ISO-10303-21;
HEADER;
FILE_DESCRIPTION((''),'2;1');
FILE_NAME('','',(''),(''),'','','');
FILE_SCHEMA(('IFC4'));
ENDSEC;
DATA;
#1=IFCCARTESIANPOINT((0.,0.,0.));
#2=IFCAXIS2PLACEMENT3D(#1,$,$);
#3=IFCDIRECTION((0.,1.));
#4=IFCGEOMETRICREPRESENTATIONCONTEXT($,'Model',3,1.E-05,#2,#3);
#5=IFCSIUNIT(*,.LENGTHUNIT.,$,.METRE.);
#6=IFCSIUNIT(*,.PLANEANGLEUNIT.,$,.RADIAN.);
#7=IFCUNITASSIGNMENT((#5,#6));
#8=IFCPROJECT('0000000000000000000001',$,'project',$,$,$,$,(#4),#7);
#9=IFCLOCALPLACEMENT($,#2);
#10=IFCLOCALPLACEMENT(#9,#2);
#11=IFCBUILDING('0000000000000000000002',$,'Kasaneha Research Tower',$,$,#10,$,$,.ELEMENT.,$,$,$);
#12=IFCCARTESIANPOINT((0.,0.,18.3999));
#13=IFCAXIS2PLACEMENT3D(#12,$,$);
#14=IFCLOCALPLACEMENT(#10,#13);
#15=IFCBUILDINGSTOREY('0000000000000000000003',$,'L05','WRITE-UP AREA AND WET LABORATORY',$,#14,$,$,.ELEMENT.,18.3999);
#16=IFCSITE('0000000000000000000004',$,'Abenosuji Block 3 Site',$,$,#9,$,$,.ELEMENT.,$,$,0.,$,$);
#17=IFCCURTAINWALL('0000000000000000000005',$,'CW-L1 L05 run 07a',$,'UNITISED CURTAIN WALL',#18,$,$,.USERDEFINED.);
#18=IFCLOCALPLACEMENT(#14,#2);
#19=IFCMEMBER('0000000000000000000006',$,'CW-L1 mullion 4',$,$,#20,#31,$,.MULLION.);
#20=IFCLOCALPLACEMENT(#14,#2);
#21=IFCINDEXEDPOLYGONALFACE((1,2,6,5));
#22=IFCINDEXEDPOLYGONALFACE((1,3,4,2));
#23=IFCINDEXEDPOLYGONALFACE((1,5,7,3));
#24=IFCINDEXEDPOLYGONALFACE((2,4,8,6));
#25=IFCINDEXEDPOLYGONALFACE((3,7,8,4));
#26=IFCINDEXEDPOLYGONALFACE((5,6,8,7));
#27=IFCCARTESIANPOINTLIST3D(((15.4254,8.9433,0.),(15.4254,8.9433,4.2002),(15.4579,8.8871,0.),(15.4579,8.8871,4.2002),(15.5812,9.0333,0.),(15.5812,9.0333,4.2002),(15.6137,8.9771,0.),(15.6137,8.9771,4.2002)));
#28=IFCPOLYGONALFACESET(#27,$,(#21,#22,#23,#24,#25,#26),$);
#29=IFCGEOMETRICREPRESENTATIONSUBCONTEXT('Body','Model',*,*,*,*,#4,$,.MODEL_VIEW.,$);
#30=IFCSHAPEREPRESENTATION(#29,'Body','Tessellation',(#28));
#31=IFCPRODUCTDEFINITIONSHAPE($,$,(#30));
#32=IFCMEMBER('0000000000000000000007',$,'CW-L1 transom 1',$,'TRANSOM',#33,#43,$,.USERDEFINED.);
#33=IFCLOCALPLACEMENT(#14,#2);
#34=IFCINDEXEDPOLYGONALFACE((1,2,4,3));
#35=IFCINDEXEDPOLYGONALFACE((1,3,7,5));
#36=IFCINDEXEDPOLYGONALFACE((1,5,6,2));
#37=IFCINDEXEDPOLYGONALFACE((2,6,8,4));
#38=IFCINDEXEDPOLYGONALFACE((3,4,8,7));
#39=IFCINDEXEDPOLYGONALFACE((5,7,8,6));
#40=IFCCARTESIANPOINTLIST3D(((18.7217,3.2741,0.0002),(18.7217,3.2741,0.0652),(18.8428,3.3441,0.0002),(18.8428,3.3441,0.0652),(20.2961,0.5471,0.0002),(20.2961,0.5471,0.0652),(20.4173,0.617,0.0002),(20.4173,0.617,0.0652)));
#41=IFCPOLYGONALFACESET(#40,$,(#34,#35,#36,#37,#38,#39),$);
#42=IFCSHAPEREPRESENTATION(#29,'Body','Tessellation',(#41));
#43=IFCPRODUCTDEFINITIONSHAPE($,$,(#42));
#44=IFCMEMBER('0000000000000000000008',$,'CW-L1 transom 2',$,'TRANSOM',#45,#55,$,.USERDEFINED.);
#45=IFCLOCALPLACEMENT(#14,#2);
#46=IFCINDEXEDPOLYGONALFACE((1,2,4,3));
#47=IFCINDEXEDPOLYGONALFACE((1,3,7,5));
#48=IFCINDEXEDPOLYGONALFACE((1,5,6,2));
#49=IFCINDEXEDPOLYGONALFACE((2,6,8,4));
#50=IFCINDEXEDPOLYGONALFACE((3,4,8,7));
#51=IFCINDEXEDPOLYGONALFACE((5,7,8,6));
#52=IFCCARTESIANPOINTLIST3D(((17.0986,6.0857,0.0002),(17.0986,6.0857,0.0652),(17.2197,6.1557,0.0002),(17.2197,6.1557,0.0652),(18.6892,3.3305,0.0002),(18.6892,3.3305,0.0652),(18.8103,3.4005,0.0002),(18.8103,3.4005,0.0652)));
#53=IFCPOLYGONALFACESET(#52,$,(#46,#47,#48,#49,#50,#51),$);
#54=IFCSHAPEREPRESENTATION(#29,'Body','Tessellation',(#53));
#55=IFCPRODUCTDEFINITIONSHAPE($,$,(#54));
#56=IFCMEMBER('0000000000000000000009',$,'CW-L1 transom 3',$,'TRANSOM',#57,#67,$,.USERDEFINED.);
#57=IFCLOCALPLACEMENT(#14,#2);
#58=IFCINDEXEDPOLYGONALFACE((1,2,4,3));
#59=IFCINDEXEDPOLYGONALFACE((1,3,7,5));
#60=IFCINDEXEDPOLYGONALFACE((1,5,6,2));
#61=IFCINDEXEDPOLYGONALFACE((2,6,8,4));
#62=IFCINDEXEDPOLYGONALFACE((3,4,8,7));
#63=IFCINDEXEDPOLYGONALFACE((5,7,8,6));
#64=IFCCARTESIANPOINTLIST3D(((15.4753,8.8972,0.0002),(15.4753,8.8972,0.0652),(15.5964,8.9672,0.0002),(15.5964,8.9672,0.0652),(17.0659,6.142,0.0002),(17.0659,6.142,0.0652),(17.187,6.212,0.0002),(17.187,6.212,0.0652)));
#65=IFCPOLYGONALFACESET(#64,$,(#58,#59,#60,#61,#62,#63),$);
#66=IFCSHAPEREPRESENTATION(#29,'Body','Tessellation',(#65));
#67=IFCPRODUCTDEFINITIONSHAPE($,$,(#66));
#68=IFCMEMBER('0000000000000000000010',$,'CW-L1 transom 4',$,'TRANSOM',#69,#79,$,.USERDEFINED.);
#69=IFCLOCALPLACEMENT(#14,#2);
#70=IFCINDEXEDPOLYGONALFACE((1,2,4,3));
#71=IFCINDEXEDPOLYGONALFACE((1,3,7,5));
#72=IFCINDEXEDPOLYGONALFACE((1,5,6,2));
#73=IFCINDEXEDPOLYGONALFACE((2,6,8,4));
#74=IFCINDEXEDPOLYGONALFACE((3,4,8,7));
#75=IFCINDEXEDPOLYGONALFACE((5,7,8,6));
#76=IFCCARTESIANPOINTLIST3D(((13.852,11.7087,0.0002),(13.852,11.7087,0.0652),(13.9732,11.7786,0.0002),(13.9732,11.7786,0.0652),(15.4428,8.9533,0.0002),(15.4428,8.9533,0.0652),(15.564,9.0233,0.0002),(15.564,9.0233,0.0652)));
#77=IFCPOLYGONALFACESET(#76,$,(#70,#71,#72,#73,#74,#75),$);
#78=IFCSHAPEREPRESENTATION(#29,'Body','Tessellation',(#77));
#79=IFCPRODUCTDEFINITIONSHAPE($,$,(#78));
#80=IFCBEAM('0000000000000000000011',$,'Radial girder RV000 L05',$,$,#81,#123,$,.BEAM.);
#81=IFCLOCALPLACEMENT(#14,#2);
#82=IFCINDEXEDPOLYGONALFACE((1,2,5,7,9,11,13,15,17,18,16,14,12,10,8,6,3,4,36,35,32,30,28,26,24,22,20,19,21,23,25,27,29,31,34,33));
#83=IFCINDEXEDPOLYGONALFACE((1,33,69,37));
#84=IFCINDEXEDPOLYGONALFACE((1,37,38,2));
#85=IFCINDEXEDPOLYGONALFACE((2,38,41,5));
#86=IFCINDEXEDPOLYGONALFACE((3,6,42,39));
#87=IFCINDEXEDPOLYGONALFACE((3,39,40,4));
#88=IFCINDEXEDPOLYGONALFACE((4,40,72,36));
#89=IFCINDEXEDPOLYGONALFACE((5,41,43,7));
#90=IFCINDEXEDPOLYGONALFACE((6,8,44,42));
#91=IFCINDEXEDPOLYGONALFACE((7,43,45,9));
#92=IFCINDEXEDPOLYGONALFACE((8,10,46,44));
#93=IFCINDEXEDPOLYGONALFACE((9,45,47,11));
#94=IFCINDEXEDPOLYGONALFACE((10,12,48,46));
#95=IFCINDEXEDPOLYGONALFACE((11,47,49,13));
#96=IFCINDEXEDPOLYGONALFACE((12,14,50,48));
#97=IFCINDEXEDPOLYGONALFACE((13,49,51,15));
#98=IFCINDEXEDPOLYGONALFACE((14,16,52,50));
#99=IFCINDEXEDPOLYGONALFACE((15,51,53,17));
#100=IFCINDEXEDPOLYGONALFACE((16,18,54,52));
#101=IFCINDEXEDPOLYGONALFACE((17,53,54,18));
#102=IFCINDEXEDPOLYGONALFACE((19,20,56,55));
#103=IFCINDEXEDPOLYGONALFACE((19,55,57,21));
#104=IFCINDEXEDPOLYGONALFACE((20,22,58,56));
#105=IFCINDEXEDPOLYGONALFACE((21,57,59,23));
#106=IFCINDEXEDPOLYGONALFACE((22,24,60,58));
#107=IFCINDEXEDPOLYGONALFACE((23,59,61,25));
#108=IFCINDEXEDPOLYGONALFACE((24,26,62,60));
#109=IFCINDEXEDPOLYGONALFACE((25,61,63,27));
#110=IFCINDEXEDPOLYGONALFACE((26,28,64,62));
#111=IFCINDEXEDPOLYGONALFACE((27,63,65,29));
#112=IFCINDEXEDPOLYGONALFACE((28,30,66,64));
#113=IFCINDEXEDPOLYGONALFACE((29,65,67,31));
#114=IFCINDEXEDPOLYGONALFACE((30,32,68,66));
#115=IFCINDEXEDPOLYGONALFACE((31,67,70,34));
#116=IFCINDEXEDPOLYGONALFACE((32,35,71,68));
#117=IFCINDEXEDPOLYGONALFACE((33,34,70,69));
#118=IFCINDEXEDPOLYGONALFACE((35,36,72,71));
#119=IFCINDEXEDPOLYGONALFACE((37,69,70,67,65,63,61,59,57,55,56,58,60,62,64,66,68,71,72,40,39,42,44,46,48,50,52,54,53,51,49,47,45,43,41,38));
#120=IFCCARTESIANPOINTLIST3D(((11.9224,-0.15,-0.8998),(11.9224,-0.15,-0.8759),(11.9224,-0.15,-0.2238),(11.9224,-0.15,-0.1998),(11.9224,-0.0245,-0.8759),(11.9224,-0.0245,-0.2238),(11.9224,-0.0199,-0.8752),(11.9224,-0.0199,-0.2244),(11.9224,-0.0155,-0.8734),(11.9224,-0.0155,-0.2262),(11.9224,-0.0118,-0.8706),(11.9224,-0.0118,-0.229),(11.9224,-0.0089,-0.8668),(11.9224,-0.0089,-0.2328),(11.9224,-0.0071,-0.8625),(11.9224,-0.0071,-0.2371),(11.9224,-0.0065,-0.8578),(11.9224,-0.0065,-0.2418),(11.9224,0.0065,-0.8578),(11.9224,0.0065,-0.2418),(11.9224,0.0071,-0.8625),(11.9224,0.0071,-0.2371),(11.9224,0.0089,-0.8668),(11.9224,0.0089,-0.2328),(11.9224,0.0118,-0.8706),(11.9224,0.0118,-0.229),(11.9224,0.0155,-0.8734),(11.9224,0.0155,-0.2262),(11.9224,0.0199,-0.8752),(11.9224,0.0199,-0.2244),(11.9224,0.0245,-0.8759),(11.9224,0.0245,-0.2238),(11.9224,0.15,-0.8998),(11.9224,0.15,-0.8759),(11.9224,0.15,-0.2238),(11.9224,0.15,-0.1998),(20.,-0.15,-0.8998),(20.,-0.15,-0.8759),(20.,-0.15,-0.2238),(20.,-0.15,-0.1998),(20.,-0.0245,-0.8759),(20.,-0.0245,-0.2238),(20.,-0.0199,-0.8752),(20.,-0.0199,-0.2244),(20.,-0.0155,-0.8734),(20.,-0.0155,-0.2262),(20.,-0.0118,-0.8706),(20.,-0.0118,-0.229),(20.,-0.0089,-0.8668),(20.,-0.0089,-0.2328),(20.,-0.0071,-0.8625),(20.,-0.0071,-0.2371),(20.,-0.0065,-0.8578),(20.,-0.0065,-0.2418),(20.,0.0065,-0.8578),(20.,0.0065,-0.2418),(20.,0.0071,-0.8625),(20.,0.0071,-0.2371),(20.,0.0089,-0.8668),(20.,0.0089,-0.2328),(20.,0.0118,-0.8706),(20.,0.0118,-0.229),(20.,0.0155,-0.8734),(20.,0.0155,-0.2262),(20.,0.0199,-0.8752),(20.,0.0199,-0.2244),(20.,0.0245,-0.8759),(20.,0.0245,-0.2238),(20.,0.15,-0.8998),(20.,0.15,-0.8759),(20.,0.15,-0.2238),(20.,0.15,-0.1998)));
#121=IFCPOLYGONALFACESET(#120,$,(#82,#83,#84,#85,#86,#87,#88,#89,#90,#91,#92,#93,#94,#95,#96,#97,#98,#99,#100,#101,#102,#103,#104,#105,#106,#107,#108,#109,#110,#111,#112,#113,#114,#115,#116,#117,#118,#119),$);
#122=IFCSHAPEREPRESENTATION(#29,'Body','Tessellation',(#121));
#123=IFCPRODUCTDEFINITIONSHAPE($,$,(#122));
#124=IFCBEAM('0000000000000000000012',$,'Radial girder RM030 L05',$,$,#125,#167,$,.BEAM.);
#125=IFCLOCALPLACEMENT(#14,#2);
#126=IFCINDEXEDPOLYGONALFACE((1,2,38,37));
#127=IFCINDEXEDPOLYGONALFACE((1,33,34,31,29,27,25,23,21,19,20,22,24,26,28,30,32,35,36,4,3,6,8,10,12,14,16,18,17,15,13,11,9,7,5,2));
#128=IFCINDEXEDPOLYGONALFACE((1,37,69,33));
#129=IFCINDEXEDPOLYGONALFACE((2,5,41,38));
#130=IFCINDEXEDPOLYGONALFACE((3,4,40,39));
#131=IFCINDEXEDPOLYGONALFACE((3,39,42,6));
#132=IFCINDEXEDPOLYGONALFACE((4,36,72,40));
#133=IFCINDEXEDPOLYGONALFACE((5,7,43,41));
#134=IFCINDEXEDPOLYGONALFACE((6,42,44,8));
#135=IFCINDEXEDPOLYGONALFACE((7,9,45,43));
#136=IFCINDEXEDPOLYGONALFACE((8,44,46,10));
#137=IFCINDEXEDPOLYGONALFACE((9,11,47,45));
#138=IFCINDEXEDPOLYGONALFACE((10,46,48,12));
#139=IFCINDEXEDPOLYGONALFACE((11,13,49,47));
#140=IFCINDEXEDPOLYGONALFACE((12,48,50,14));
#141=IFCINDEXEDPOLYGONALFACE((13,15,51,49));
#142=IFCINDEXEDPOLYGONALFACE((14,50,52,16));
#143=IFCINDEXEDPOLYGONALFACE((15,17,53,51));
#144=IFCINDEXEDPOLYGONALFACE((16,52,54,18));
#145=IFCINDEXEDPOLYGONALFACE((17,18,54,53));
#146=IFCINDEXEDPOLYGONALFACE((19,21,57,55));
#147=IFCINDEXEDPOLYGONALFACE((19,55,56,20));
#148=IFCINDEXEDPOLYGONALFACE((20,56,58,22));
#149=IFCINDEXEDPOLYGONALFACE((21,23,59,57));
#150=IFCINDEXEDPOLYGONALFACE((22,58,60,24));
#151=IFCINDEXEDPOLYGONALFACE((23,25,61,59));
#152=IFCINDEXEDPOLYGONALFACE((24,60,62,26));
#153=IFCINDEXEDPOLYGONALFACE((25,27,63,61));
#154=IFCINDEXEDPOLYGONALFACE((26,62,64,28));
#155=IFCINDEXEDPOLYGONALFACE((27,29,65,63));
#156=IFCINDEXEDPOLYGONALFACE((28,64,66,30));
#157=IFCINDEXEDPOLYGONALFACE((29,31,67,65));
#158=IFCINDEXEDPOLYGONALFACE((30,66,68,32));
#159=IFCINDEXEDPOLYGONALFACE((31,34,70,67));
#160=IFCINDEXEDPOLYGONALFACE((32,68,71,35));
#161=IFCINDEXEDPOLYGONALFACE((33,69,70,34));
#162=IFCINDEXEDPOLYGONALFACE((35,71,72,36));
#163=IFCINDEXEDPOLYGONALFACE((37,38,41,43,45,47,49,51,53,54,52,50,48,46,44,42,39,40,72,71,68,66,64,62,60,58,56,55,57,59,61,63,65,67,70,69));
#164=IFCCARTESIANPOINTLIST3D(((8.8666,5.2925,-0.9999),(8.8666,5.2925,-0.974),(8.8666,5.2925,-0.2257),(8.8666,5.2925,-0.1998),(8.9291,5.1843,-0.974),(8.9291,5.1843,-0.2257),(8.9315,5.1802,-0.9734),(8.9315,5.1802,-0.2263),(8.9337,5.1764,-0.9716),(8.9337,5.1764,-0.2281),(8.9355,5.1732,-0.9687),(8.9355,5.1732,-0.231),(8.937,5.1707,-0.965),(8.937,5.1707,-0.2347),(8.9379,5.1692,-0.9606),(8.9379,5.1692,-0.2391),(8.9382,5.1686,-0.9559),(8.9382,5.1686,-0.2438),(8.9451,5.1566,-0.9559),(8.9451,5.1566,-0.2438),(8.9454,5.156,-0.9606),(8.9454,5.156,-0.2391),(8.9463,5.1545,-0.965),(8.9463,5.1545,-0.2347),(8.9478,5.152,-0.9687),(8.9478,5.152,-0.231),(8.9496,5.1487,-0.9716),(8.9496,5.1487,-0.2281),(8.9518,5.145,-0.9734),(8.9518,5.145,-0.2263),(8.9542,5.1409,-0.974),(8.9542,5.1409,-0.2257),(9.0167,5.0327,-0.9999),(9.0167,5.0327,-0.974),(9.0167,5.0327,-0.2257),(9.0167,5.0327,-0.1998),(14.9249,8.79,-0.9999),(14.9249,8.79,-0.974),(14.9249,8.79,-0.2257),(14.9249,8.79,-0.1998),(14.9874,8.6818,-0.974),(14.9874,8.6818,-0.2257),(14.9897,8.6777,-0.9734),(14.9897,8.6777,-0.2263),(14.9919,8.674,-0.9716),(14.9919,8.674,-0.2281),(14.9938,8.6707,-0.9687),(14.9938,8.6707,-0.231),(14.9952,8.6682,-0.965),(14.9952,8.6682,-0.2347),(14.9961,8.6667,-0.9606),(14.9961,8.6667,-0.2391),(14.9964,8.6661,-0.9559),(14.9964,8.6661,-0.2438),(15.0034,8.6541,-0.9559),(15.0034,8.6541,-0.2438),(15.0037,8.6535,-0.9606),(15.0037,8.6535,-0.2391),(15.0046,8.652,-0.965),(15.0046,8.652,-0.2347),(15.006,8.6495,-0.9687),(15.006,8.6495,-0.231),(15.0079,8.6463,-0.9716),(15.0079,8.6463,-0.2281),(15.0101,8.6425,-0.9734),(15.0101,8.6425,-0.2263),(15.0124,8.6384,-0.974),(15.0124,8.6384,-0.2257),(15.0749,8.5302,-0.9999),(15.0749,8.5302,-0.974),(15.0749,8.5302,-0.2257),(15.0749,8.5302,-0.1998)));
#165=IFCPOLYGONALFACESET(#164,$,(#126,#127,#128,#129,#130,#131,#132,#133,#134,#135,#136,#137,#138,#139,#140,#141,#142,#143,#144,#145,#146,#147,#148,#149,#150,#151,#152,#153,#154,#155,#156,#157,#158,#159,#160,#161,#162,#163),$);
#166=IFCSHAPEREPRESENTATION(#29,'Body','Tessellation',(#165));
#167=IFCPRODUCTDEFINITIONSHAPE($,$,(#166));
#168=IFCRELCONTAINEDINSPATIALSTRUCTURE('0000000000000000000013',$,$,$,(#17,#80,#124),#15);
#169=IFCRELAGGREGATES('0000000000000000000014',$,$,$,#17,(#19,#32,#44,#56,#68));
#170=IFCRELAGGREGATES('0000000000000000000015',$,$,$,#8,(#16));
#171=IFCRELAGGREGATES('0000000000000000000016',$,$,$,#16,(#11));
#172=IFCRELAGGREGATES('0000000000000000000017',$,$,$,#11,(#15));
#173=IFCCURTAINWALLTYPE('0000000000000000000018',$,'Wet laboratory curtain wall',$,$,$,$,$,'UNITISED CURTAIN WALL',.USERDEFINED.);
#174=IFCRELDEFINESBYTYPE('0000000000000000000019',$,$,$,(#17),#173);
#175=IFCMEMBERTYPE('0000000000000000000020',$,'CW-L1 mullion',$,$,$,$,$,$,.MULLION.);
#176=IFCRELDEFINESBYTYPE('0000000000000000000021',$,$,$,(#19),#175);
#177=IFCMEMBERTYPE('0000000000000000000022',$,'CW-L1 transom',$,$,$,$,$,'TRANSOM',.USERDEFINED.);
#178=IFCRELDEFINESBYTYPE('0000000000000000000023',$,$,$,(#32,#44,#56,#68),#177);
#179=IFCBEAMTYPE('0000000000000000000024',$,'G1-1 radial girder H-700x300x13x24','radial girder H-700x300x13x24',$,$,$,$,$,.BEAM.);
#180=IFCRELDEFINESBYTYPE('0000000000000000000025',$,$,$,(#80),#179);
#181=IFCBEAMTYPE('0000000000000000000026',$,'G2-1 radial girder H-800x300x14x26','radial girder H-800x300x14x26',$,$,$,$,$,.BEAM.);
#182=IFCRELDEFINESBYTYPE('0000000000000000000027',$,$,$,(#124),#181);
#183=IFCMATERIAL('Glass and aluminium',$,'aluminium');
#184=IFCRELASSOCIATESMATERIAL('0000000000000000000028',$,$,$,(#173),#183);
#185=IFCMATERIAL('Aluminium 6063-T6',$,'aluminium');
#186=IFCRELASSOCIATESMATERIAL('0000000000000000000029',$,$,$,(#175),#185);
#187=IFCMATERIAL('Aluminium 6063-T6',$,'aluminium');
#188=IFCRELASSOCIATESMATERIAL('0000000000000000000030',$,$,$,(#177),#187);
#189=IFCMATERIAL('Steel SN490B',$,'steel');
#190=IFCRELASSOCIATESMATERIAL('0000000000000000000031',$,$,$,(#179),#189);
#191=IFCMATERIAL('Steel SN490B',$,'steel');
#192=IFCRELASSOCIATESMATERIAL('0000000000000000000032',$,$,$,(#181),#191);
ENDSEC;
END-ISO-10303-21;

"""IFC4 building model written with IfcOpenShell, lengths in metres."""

from ifc_helpers import new_model, si_unit, direction, frame, origin, origin_2d, place, context, subcontext, project, spatial, rectangle, i_section, extrude, material, material_profile, profile_set, type_object, element, aggregate, save


model = new_model("IFC4")

# Units and contexts
model_context = context("Model", 3, precision=1e-05, world=origin(), true_north=direction((0.0, 1.0)))
body_context = subcontext(model_context, "Body", "Model", "MODEL_VIEW")
ifc_project = project(units=[si_unit("LENGTHUNIT", "METRE"), si_unit("PLANEANGLEUNIT", "RADIAN")], contexts=[model_context])

# Site, building, storey
site_placement = place(None, origin())
site = spatial("IfcSite", under=ifc_project, at=site_placement, Name="Abenosuji Block 3 Site", CompositionType="ELEMENT", RefElevation=0.0)
building_placement = place(site_placement, origin())
building = spatial("IfcBuilding", under=site, at=building_placement, Name="Kasaneha Research Tower", CompositionType="ELEMENT")
storey_placement = place(building_placement, frame((0.0, 0.0, 18.3999)))
storey = spatial("IfcBuildingStorey", under=building, at=storey_placement, Name="L05", Description="WRITE-UP AREA AND WET LABORATORY", CompositionType="ELEMENT", Elevation=18.3999)

# Shared definitions
ifc_material_1 = material(Name="Glass and aluminium", Category="aluminium")
curtain_wall_type = type_object("IfcCurtainWallType", Name="Wet laboratory curtain wall", ElementType="UNITISED CURTAIN WALL", PredefinedType="USERDEFINED", material=ifc_material_1)
ifc_material_2 = material(Name="Aluminium 6063-T6", Category="aluminium")
ifc_material_profile_1 = material_profile(ifc_material_2, rectangle(XDim=0.0649, YDim=0.1799, at=origin_2d()), Name="CW-L1 mullion 65x180")
ifc_profile_set_1 = profile_set([ifc_material_profile_1], Name="Aluminium 6063-T6")
member_type_1 = type_object("IfcMemberType", Name="CW-L1 mullion", PredefinedType="MULLION", material=ifc_profile_set_1)

# Curtain wall, members
curtain_wall_1_placement = place(storey_placement, origin())
curtain_wall_1 = element("IfcCurtainWall", 1, at=curtain_wall_1_placement, inside=storey, type_object=curtain_wall_type, Name="CW-L1 L05 run 07a", ObjectType="UNITISED CURTAIN WALL", PredefinedType="USERDEFINED")
member_1_placement = place(storey_placement, frame((15.5195, 8.9602, 0.0), z_axis=(0.0, 0.0, 1.0), x_axis=(-0.5, 0.866025, 0.0)))
member_1 = element("IfcMember", 2, at=member_1_placement, type_object=member_type_1, Name="CW-L1 mullion 4", PredefinedType="MULLION", context=body_context, shape_type="SweptSolid", body=[
    extrude(rectangle(XDim=0.0649, YDim=0.1799, at=origin_2d()), origin(), (0.0, 0.0, 1.0), 4.2002),
])
ifc_material_3 = material(Name="Aluminium 6063-T6", Category="aluminium")
ifc_material_profile_2 = material_profile(ifc_material_3, rectangle(XDim=0.1399, YDim=0.0649, at=origin_2d()), Name="CW-L1 transom 140x65")
ifc_profile_set_2 = profile_set([ifc_material_profile_2], Name="Aluminium 6063-T6")
member_type_2 = type_object("IfcMemberType", Name="CW-L1 transom", ElementType="TRANSOM", PredefinedType="USERDEFINED", material=ifc_profile_set_2)
member_2_placement = place(storey_placement, frame((20.3567, 0.582, 0.0327), z_axis=(-0.5, 0.866025, 0.0), x_axis=(-0.866025, -0.5, 0.0)))
member_2 = element("IfcMember", 3, at=member_2_placement, type_object=member_type_2, Name="CW-L1 transom 1", ObjectType="TRANSOM", PredefinedType="USERDEFINED", context=body_context, shape_type="SweptSolid", body=[
    extrude(rectangle(XDim=0.1399, YDim=0.0649, at=origin_2d()), origin(), (0.0, 0.0, 1.0), 3.1489),
])
member_3_placement = place(storey_placement, frame((18.7498, 3.3655, 0.0327), z_axis=(-0.499977, 0.866039, 0.0), x_axis=(-0.866039, -0.499977, 0.0)))
member_3 = element("IfcMember", 4, at=member_3_placement, type_object=member_type_2, Name="CW-L1 transom 2", ObjectType="TRANSOM", PredefinedType="USERDEFINED", context=body_context, shape_type="SweptSolid", body=[
    extrude(rectangle(XDim=0.1399, YDim=0.0649, at=origin_2d()), origin(), (0.0, 0.0, 1.0), 3.1814),
])
member_4_placement = place(storey_placement, frame((17.1265, 6.177, 0.0327), z_axis=(-0.499977, 0.866039, 0.0), x_axis=(-0.866039, -0.499977, 0.0)))
member_4 = element("IfcMember", 5, at=member_4_placement, type_object=member_type_2, Name="CW-L1 transom 3", ObjectType="TRANSOM", PredefinedType="USERDEFINED", context=body_context, shape_type="SweptSolid", body=[
    extrude(rectangle(XDim=0.1399, YDim=0.0649, at=origin_2d()), origin(), (0.0, 0.0, 1.0), 3.1814),
])
member_5_placement = place(storey_placement, frame((15.5034, 8.9883, 0.0327), z_axis=(-0.500001, 0.866025, 0.0), x_axis=(-0.866025, -0.500001, 0.0)))
member_5 = element("IfcMember", 6, at=member_5_placement, type_object=member_type_2, Name="CW-L1 transom 4", ObjectType="TRANSOM", PredefinedType="USERDEFINED", context=body_context, shape_type="SweptSolid", body=[
    extrude(rectangle(XDim=0.1399, YDim=0.0649, at=origin_2d()), origin(), (0.0, 0.0, 1.0), 3.1816),
])

# Beams
ifc_material_4 = material(Name="Steel SN490B", Category="steel")
ifc_material_profile_3 = material_profile(ifc_material_4, i_section(OverallWidth=0.3, OverallDepth=0.7, WebThickness=0.0129, FlangeThickness=0.0239, FilletRadius=0.0181, at=origin_2d()), Name="H-700x300x13x24")
ifc_profile_set_3 = profile_set([ifc_material_profile_3], Name="Steel SN490B")
beam_type_1 = type_object("IfcBeamType", Name="G1-1 radial girder H-700x300x13x24", Description="radial girder H-700x300x13x24", PredefinedType="BEAM", material=ifc_profile_set_3)
beam_1_placement = place(storey_placement, frame((11.9224, 0.0, -0.5498), z_axis=(1.0, 0.0, 0.0), x_axis=(0.0, 1.0, 0.0)))
element("IfcBeam", 7, at=beam_1_placement, inside=storey, type_object=beam_type_1, Name="Radial girder RV000 L05", PredefinedType="BEAM", context=body_context, shape_type="SweptSolid", body=[
    extrude(i_section(OverallWidth=0.3, OverallDepth=0.7, WebThickness=0.0129, FlangeThickness=0.0239, FilletRadius=0.0181, at=origin_2d()), origin(), (0.0, 0.0, 1.0), 8.0776),
])
ifc_material_5 = material(Name="Steel SN490B", Category="steel")
ifc_material_profile_4 = material_profile(ifc_material_5, i_section(OverallWidth=0.3, OverallDepth=0.8, WebThickness=0.0139, FlangeThickness=0.0259, FilletRadius=0.0181, at=origin_2d()), Name="H-800x300x14x26")
ifc_profile_set_4 = profile_set([ifc_material_profile_4], Name="Steel SN490B")
beam_type_2 = type_object("IfcBeamType", Name="G2-1 radial girder H-800x300x14x26", Description="radial girder H-800x300x14x26", PredefinedType="BEAM", material=ifc_profile_set_4)
beam_2_placement = place(storey_placement, frame((8.9417, 5.1626, -0.5999), z_axis=(0.86604, 0.499975, 0.0), x_axis=(-0.499975, 0.86604, 0.0)))
element("IfcBeam", 8, at=beam_2_placement, inside=storey, type_object=beam_type_2, Name="Radial girder RM030 L05", PredefinedType="BEAM", context=body_context, shape_type="SweptSolid", body=[
    extrude(i_section(OverallWidth=0.3, OverallDepth=0.8, WebThickness=0.0139, FlangeThickness=0.0259, FilletRadius=0.0181, at=origin_2d()), origin(), (0.0, 0.0, 1.0), 6.9954),
])

aggregate(curtain_wall_1, [member_1, member_2, member_3, member_4, member_5])

save(model, "model.ifc")
